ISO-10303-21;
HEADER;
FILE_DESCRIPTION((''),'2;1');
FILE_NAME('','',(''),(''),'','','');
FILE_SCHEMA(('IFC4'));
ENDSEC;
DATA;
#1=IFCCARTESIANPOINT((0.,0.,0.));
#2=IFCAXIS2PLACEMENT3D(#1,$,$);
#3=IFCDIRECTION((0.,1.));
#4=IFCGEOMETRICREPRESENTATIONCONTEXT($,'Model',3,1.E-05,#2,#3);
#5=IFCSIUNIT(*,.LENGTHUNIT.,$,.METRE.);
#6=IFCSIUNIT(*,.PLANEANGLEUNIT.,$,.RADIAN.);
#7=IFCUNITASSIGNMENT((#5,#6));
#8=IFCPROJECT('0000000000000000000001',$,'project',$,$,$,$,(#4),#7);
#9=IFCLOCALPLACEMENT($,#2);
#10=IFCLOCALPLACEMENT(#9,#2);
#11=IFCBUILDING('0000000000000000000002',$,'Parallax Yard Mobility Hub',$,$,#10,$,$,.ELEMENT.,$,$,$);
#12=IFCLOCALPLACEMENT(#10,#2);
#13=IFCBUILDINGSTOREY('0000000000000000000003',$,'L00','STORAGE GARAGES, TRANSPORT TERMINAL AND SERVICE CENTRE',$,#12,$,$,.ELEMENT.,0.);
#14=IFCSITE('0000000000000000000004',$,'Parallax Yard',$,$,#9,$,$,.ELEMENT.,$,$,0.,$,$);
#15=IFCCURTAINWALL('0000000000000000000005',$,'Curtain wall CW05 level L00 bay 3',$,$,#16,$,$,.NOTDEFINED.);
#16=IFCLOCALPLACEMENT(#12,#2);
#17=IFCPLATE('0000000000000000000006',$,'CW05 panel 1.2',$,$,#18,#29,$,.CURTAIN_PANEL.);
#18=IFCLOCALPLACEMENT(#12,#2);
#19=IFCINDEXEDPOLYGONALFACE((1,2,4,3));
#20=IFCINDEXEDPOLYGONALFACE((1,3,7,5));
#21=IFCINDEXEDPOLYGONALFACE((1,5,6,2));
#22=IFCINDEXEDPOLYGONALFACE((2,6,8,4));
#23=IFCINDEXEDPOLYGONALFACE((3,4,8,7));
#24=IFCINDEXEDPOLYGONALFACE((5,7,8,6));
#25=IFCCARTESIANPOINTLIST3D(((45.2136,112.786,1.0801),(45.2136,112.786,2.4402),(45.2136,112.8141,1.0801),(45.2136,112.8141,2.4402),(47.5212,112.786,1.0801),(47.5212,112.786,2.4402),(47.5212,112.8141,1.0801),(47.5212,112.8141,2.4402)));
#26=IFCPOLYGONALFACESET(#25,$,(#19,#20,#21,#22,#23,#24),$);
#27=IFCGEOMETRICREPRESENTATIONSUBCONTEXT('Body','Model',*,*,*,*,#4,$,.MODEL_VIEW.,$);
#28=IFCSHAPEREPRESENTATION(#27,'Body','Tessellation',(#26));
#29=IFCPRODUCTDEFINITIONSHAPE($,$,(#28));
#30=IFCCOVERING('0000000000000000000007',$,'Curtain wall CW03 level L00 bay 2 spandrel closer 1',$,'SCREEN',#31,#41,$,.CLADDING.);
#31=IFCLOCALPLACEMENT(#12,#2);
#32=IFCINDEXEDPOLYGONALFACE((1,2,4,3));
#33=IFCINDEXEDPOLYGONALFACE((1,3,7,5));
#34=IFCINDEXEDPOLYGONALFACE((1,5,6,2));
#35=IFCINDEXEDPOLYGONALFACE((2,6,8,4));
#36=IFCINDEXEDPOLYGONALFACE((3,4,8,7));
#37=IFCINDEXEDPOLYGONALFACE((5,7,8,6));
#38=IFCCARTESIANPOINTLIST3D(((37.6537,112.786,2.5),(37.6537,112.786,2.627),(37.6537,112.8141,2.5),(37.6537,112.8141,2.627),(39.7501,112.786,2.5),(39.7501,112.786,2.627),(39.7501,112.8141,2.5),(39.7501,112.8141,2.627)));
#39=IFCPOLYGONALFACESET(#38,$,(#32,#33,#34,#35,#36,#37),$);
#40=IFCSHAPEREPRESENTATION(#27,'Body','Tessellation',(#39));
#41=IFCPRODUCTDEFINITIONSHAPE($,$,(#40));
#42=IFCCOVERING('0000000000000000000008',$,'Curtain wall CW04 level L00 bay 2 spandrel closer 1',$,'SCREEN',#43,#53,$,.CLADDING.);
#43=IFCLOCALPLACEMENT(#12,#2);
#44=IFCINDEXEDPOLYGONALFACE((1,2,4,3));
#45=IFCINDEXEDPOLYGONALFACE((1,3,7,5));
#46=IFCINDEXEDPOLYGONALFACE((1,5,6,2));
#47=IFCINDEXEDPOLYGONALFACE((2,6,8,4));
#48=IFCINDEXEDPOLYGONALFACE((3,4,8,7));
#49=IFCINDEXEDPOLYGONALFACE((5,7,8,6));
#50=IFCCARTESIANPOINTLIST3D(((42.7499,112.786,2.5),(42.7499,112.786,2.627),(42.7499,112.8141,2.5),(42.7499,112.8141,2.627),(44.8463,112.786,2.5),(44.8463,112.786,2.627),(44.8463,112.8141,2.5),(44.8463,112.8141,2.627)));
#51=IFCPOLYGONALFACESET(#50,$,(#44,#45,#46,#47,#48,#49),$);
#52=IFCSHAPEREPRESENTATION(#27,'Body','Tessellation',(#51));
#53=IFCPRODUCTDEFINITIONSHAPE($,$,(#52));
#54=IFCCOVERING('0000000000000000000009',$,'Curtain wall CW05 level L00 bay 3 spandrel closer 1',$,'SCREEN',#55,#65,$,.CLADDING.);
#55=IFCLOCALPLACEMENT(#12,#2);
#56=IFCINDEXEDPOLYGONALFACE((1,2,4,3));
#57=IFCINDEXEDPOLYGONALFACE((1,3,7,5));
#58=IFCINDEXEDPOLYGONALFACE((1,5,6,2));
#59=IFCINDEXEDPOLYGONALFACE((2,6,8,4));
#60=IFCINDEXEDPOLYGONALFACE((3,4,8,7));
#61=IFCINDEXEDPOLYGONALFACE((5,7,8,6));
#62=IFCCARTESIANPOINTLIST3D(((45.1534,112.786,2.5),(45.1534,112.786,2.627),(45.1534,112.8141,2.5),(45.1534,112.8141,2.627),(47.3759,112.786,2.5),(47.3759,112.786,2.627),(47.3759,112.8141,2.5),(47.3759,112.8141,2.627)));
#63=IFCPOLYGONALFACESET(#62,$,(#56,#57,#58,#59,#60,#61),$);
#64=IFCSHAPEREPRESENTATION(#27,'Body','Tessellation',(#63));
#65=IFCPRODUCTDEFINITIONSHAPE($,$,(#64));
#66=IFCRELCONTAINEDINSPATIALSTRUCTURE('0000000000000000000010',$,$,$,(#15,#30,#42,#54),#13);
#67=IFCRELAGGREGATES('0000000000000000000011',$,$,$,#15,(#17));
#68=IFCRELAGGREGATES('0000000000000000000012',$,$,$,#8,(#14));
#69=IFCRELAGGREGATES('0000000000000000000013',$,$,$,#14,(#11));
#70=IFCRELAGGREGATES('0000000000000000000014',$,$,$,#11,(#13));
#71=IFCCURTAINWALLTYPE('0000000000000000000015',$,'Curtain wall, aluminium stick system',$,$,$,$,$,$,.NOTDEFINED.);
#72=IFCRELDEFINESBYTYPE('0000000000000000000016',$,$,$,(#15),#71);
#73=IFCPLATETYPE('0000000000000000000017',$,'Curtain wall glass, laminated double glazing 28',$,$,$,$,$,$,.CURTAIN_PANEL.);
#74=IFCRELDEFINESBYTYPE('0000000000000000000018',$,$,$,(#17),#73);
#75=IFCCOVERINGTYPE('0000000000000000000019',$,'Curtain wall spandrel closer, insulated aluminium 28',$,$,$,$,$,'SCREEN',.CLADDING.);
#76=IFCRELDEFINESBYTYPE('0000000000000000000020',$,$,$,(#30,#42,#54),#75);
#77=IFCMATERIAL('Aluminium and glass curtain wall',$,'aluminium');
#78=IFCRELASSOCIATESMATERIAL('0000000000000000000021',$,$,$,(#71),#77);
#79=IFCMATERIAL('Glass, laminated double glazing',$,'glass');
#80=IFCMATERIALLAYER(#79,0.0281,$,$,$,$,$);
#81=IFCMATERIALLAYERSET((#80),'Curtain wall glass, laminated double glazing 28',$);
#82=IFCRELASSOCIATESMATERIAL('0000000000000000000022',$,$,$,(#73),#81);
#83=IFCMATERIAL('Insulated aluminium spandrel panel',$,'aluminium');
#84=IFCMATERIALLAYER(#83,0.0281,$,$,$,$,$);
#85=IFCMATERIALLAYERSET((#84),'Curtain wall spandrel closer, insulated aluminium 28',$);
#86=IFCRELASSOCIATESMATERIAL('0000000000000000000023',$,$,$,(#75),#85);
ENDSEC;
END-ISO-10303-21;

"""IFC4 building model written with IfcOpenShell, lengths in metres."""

from ifc_helpers import new_model, si_unit, direction, frame, origin, origin_2d, place, context, subcontext, project, spatial, rectangle, extrude, material, layer, layer_set, type_object, element, aggregate, save


model = new_model("IFC4")

# Units and contexts
model_context = context("Model", 3, precision=1e-05, world=origin(), true_north=direction((0.0, 1.0)))
body_context = subcontext(model_context, "Body", "Model", "MODEL_VIEW")
ifc_project = project(units=[si_unit("LENGTHUNIT", "METRE"), si_unit("PLANEANGLEUNIT", "RADIAN")], contexts=[model_context])

# Site, building, storey
site_placement = place(None, origin())
site = spatial("IfcSite", under=ifc_project, at=site_placement, Name="Parallax Yard", CompositionType="ELEMENT", RefElevation=0.0)
building_placement = place(site_placement, origin())
building = spatial("IfcBuilding", under=site, at=building_placement, Name="Parallax Yard Mobility Hub", CompositionType="ELEMENT")
storey_placement = place(building_placement, origin())
storey = spatial("IfcBuildingStorey", under=building, at=storey_placement, Name="L00", Description="STORAGE GARAGES, TRANSPORT TERMINAL AND SERVICE CENTRE", CompositionType="ELEMENT", Elevation=0.0)

# Shared definitions
ifc_material_1 = material(Name="Aluminium and glass curtain wall", Category="aluminium")
curtain_wall_type = type_object("IfcCurtainWallType", Name="Curtain wall, aluminium stick system", PredefinedType="NOTDEFINED", material=ifc_material_1)

# Curtain wall
curtain_wall_1_placement = place(storey_placement, origin())
curtain_wall_1 = element("IfcCurtainWall", 1, at=curtain_wall_1_placement, inside=storey, type_object=curtain_wall_type, Name="Curtain wall CW05 level L00 bay 3", PredefinedType="NOTDEFINED")

# Plate
ifc_material_2 = material(Name="Glass, laminated double glazing", Category="glass")
ifc_layer_1 = layer(ifc_material_2, 0.0281)
ifc_layer_set_1 = layer_set([ifc_layer_1], Name="Curtain wall glass, laminated double glazing 28")
plate_type = type_object("IfcPlateType", Name="Curtain wall glass, laminated double glazing 28", PredefinedType="CURTAIN_PANEL", material=ifc_layer_set_1)
plate_1_placement = place(storey_placement, frame((46.3674, 112.8, 1.0801), z_axis=(0.0, 0.0, 1.0), x_axis=(1.0, 0.0, 0.0)))
plate_1 = element("IfcPlate", 2, at=plate_1_placement, type_object=plate_type, Name="CW05 panel 1.2", PredefinedType="CURTAIN_PANEL", context=body_context, shape_type="SweptSolid", body=[
    extrude(rectangle(XDim=2.3076, YDim=0.0281, at=origin_2d()), origin(), (0.0, 0.0, 1.0), 1.3601),
])
aggregate(curtain_wall_1, [plate_1])

# Coverings
ifc_material_3 = material(Name="Insulated aluminium spandrel panel", Category="aluminium")
ifc_layer_2 = layer(ifc_material_3, 0.0281)
ifc_layer_set_2 = layer_set([ifc_layer_2], Name="Curtain wall spandrel closer, insulated aluminium 28")
covering_type = type_object("IfcCoveringType", Name="Curtain wall spandrel closer, insulated aluminium 28", ElementType="SCREEN", PredefinedType="CLADDING", material=ifc_layer_set_2)
for number, where, z_axis, x_axis, name in (
    (3, (38.7019, 112.8, 2.5), (0.0, 0.0, 1.0), (1.0, 0.0, 0.0), "Curtain wall CW03 level L00 bay 2 spandrel closer 1"),
    (4, (43.7981, 112.8, 2.5), (0.0, 0.0, 1.0), (1.0, 0.0, 0.0), "Curtain wall CW04 level L00 bay 2 spandrel closer 1"),
):
    element("IfcCovering", number, at=place(storey_placement, frame(where, z_axis=z_axis, x_axis=x_axis)), inside=storey, type_object=covering_type, Name=name, ObjectType="SCREEN", PredefinedType="CLADDING", context=body_context, shape_type="SweptSolid", body=[
        extrude(rectangle(XDim=2.0964, YDim=0.0281, at=origin_2d()), origin(), (0.0, 0.0, 1.0), 0.127),
    ])
covering_placement = place(storey_placement, frame((46.2646, 112.8, 2.5), z_axis=(0.0, 0.0, 1.0), x_axis=(1.0, 0.0, 0.0)))
element("IfcCovering", 5, at=covering_placement, inside=storey, type_object=covering_type, Name="Curtain wall CW05 level L00 bay 3 spandrel closer 1", ObjectType="SCREEN", PredefinedType="CLADDING", context=body_context, shape_type="SweptSolid", body=[
    extrude(rectangle(XDim=2.2224, YDim=0.0281, at=origin_2d()), origin(), (0.0, 0.0, 1.0), 0.127),
])

save(model, "model.ifc")
